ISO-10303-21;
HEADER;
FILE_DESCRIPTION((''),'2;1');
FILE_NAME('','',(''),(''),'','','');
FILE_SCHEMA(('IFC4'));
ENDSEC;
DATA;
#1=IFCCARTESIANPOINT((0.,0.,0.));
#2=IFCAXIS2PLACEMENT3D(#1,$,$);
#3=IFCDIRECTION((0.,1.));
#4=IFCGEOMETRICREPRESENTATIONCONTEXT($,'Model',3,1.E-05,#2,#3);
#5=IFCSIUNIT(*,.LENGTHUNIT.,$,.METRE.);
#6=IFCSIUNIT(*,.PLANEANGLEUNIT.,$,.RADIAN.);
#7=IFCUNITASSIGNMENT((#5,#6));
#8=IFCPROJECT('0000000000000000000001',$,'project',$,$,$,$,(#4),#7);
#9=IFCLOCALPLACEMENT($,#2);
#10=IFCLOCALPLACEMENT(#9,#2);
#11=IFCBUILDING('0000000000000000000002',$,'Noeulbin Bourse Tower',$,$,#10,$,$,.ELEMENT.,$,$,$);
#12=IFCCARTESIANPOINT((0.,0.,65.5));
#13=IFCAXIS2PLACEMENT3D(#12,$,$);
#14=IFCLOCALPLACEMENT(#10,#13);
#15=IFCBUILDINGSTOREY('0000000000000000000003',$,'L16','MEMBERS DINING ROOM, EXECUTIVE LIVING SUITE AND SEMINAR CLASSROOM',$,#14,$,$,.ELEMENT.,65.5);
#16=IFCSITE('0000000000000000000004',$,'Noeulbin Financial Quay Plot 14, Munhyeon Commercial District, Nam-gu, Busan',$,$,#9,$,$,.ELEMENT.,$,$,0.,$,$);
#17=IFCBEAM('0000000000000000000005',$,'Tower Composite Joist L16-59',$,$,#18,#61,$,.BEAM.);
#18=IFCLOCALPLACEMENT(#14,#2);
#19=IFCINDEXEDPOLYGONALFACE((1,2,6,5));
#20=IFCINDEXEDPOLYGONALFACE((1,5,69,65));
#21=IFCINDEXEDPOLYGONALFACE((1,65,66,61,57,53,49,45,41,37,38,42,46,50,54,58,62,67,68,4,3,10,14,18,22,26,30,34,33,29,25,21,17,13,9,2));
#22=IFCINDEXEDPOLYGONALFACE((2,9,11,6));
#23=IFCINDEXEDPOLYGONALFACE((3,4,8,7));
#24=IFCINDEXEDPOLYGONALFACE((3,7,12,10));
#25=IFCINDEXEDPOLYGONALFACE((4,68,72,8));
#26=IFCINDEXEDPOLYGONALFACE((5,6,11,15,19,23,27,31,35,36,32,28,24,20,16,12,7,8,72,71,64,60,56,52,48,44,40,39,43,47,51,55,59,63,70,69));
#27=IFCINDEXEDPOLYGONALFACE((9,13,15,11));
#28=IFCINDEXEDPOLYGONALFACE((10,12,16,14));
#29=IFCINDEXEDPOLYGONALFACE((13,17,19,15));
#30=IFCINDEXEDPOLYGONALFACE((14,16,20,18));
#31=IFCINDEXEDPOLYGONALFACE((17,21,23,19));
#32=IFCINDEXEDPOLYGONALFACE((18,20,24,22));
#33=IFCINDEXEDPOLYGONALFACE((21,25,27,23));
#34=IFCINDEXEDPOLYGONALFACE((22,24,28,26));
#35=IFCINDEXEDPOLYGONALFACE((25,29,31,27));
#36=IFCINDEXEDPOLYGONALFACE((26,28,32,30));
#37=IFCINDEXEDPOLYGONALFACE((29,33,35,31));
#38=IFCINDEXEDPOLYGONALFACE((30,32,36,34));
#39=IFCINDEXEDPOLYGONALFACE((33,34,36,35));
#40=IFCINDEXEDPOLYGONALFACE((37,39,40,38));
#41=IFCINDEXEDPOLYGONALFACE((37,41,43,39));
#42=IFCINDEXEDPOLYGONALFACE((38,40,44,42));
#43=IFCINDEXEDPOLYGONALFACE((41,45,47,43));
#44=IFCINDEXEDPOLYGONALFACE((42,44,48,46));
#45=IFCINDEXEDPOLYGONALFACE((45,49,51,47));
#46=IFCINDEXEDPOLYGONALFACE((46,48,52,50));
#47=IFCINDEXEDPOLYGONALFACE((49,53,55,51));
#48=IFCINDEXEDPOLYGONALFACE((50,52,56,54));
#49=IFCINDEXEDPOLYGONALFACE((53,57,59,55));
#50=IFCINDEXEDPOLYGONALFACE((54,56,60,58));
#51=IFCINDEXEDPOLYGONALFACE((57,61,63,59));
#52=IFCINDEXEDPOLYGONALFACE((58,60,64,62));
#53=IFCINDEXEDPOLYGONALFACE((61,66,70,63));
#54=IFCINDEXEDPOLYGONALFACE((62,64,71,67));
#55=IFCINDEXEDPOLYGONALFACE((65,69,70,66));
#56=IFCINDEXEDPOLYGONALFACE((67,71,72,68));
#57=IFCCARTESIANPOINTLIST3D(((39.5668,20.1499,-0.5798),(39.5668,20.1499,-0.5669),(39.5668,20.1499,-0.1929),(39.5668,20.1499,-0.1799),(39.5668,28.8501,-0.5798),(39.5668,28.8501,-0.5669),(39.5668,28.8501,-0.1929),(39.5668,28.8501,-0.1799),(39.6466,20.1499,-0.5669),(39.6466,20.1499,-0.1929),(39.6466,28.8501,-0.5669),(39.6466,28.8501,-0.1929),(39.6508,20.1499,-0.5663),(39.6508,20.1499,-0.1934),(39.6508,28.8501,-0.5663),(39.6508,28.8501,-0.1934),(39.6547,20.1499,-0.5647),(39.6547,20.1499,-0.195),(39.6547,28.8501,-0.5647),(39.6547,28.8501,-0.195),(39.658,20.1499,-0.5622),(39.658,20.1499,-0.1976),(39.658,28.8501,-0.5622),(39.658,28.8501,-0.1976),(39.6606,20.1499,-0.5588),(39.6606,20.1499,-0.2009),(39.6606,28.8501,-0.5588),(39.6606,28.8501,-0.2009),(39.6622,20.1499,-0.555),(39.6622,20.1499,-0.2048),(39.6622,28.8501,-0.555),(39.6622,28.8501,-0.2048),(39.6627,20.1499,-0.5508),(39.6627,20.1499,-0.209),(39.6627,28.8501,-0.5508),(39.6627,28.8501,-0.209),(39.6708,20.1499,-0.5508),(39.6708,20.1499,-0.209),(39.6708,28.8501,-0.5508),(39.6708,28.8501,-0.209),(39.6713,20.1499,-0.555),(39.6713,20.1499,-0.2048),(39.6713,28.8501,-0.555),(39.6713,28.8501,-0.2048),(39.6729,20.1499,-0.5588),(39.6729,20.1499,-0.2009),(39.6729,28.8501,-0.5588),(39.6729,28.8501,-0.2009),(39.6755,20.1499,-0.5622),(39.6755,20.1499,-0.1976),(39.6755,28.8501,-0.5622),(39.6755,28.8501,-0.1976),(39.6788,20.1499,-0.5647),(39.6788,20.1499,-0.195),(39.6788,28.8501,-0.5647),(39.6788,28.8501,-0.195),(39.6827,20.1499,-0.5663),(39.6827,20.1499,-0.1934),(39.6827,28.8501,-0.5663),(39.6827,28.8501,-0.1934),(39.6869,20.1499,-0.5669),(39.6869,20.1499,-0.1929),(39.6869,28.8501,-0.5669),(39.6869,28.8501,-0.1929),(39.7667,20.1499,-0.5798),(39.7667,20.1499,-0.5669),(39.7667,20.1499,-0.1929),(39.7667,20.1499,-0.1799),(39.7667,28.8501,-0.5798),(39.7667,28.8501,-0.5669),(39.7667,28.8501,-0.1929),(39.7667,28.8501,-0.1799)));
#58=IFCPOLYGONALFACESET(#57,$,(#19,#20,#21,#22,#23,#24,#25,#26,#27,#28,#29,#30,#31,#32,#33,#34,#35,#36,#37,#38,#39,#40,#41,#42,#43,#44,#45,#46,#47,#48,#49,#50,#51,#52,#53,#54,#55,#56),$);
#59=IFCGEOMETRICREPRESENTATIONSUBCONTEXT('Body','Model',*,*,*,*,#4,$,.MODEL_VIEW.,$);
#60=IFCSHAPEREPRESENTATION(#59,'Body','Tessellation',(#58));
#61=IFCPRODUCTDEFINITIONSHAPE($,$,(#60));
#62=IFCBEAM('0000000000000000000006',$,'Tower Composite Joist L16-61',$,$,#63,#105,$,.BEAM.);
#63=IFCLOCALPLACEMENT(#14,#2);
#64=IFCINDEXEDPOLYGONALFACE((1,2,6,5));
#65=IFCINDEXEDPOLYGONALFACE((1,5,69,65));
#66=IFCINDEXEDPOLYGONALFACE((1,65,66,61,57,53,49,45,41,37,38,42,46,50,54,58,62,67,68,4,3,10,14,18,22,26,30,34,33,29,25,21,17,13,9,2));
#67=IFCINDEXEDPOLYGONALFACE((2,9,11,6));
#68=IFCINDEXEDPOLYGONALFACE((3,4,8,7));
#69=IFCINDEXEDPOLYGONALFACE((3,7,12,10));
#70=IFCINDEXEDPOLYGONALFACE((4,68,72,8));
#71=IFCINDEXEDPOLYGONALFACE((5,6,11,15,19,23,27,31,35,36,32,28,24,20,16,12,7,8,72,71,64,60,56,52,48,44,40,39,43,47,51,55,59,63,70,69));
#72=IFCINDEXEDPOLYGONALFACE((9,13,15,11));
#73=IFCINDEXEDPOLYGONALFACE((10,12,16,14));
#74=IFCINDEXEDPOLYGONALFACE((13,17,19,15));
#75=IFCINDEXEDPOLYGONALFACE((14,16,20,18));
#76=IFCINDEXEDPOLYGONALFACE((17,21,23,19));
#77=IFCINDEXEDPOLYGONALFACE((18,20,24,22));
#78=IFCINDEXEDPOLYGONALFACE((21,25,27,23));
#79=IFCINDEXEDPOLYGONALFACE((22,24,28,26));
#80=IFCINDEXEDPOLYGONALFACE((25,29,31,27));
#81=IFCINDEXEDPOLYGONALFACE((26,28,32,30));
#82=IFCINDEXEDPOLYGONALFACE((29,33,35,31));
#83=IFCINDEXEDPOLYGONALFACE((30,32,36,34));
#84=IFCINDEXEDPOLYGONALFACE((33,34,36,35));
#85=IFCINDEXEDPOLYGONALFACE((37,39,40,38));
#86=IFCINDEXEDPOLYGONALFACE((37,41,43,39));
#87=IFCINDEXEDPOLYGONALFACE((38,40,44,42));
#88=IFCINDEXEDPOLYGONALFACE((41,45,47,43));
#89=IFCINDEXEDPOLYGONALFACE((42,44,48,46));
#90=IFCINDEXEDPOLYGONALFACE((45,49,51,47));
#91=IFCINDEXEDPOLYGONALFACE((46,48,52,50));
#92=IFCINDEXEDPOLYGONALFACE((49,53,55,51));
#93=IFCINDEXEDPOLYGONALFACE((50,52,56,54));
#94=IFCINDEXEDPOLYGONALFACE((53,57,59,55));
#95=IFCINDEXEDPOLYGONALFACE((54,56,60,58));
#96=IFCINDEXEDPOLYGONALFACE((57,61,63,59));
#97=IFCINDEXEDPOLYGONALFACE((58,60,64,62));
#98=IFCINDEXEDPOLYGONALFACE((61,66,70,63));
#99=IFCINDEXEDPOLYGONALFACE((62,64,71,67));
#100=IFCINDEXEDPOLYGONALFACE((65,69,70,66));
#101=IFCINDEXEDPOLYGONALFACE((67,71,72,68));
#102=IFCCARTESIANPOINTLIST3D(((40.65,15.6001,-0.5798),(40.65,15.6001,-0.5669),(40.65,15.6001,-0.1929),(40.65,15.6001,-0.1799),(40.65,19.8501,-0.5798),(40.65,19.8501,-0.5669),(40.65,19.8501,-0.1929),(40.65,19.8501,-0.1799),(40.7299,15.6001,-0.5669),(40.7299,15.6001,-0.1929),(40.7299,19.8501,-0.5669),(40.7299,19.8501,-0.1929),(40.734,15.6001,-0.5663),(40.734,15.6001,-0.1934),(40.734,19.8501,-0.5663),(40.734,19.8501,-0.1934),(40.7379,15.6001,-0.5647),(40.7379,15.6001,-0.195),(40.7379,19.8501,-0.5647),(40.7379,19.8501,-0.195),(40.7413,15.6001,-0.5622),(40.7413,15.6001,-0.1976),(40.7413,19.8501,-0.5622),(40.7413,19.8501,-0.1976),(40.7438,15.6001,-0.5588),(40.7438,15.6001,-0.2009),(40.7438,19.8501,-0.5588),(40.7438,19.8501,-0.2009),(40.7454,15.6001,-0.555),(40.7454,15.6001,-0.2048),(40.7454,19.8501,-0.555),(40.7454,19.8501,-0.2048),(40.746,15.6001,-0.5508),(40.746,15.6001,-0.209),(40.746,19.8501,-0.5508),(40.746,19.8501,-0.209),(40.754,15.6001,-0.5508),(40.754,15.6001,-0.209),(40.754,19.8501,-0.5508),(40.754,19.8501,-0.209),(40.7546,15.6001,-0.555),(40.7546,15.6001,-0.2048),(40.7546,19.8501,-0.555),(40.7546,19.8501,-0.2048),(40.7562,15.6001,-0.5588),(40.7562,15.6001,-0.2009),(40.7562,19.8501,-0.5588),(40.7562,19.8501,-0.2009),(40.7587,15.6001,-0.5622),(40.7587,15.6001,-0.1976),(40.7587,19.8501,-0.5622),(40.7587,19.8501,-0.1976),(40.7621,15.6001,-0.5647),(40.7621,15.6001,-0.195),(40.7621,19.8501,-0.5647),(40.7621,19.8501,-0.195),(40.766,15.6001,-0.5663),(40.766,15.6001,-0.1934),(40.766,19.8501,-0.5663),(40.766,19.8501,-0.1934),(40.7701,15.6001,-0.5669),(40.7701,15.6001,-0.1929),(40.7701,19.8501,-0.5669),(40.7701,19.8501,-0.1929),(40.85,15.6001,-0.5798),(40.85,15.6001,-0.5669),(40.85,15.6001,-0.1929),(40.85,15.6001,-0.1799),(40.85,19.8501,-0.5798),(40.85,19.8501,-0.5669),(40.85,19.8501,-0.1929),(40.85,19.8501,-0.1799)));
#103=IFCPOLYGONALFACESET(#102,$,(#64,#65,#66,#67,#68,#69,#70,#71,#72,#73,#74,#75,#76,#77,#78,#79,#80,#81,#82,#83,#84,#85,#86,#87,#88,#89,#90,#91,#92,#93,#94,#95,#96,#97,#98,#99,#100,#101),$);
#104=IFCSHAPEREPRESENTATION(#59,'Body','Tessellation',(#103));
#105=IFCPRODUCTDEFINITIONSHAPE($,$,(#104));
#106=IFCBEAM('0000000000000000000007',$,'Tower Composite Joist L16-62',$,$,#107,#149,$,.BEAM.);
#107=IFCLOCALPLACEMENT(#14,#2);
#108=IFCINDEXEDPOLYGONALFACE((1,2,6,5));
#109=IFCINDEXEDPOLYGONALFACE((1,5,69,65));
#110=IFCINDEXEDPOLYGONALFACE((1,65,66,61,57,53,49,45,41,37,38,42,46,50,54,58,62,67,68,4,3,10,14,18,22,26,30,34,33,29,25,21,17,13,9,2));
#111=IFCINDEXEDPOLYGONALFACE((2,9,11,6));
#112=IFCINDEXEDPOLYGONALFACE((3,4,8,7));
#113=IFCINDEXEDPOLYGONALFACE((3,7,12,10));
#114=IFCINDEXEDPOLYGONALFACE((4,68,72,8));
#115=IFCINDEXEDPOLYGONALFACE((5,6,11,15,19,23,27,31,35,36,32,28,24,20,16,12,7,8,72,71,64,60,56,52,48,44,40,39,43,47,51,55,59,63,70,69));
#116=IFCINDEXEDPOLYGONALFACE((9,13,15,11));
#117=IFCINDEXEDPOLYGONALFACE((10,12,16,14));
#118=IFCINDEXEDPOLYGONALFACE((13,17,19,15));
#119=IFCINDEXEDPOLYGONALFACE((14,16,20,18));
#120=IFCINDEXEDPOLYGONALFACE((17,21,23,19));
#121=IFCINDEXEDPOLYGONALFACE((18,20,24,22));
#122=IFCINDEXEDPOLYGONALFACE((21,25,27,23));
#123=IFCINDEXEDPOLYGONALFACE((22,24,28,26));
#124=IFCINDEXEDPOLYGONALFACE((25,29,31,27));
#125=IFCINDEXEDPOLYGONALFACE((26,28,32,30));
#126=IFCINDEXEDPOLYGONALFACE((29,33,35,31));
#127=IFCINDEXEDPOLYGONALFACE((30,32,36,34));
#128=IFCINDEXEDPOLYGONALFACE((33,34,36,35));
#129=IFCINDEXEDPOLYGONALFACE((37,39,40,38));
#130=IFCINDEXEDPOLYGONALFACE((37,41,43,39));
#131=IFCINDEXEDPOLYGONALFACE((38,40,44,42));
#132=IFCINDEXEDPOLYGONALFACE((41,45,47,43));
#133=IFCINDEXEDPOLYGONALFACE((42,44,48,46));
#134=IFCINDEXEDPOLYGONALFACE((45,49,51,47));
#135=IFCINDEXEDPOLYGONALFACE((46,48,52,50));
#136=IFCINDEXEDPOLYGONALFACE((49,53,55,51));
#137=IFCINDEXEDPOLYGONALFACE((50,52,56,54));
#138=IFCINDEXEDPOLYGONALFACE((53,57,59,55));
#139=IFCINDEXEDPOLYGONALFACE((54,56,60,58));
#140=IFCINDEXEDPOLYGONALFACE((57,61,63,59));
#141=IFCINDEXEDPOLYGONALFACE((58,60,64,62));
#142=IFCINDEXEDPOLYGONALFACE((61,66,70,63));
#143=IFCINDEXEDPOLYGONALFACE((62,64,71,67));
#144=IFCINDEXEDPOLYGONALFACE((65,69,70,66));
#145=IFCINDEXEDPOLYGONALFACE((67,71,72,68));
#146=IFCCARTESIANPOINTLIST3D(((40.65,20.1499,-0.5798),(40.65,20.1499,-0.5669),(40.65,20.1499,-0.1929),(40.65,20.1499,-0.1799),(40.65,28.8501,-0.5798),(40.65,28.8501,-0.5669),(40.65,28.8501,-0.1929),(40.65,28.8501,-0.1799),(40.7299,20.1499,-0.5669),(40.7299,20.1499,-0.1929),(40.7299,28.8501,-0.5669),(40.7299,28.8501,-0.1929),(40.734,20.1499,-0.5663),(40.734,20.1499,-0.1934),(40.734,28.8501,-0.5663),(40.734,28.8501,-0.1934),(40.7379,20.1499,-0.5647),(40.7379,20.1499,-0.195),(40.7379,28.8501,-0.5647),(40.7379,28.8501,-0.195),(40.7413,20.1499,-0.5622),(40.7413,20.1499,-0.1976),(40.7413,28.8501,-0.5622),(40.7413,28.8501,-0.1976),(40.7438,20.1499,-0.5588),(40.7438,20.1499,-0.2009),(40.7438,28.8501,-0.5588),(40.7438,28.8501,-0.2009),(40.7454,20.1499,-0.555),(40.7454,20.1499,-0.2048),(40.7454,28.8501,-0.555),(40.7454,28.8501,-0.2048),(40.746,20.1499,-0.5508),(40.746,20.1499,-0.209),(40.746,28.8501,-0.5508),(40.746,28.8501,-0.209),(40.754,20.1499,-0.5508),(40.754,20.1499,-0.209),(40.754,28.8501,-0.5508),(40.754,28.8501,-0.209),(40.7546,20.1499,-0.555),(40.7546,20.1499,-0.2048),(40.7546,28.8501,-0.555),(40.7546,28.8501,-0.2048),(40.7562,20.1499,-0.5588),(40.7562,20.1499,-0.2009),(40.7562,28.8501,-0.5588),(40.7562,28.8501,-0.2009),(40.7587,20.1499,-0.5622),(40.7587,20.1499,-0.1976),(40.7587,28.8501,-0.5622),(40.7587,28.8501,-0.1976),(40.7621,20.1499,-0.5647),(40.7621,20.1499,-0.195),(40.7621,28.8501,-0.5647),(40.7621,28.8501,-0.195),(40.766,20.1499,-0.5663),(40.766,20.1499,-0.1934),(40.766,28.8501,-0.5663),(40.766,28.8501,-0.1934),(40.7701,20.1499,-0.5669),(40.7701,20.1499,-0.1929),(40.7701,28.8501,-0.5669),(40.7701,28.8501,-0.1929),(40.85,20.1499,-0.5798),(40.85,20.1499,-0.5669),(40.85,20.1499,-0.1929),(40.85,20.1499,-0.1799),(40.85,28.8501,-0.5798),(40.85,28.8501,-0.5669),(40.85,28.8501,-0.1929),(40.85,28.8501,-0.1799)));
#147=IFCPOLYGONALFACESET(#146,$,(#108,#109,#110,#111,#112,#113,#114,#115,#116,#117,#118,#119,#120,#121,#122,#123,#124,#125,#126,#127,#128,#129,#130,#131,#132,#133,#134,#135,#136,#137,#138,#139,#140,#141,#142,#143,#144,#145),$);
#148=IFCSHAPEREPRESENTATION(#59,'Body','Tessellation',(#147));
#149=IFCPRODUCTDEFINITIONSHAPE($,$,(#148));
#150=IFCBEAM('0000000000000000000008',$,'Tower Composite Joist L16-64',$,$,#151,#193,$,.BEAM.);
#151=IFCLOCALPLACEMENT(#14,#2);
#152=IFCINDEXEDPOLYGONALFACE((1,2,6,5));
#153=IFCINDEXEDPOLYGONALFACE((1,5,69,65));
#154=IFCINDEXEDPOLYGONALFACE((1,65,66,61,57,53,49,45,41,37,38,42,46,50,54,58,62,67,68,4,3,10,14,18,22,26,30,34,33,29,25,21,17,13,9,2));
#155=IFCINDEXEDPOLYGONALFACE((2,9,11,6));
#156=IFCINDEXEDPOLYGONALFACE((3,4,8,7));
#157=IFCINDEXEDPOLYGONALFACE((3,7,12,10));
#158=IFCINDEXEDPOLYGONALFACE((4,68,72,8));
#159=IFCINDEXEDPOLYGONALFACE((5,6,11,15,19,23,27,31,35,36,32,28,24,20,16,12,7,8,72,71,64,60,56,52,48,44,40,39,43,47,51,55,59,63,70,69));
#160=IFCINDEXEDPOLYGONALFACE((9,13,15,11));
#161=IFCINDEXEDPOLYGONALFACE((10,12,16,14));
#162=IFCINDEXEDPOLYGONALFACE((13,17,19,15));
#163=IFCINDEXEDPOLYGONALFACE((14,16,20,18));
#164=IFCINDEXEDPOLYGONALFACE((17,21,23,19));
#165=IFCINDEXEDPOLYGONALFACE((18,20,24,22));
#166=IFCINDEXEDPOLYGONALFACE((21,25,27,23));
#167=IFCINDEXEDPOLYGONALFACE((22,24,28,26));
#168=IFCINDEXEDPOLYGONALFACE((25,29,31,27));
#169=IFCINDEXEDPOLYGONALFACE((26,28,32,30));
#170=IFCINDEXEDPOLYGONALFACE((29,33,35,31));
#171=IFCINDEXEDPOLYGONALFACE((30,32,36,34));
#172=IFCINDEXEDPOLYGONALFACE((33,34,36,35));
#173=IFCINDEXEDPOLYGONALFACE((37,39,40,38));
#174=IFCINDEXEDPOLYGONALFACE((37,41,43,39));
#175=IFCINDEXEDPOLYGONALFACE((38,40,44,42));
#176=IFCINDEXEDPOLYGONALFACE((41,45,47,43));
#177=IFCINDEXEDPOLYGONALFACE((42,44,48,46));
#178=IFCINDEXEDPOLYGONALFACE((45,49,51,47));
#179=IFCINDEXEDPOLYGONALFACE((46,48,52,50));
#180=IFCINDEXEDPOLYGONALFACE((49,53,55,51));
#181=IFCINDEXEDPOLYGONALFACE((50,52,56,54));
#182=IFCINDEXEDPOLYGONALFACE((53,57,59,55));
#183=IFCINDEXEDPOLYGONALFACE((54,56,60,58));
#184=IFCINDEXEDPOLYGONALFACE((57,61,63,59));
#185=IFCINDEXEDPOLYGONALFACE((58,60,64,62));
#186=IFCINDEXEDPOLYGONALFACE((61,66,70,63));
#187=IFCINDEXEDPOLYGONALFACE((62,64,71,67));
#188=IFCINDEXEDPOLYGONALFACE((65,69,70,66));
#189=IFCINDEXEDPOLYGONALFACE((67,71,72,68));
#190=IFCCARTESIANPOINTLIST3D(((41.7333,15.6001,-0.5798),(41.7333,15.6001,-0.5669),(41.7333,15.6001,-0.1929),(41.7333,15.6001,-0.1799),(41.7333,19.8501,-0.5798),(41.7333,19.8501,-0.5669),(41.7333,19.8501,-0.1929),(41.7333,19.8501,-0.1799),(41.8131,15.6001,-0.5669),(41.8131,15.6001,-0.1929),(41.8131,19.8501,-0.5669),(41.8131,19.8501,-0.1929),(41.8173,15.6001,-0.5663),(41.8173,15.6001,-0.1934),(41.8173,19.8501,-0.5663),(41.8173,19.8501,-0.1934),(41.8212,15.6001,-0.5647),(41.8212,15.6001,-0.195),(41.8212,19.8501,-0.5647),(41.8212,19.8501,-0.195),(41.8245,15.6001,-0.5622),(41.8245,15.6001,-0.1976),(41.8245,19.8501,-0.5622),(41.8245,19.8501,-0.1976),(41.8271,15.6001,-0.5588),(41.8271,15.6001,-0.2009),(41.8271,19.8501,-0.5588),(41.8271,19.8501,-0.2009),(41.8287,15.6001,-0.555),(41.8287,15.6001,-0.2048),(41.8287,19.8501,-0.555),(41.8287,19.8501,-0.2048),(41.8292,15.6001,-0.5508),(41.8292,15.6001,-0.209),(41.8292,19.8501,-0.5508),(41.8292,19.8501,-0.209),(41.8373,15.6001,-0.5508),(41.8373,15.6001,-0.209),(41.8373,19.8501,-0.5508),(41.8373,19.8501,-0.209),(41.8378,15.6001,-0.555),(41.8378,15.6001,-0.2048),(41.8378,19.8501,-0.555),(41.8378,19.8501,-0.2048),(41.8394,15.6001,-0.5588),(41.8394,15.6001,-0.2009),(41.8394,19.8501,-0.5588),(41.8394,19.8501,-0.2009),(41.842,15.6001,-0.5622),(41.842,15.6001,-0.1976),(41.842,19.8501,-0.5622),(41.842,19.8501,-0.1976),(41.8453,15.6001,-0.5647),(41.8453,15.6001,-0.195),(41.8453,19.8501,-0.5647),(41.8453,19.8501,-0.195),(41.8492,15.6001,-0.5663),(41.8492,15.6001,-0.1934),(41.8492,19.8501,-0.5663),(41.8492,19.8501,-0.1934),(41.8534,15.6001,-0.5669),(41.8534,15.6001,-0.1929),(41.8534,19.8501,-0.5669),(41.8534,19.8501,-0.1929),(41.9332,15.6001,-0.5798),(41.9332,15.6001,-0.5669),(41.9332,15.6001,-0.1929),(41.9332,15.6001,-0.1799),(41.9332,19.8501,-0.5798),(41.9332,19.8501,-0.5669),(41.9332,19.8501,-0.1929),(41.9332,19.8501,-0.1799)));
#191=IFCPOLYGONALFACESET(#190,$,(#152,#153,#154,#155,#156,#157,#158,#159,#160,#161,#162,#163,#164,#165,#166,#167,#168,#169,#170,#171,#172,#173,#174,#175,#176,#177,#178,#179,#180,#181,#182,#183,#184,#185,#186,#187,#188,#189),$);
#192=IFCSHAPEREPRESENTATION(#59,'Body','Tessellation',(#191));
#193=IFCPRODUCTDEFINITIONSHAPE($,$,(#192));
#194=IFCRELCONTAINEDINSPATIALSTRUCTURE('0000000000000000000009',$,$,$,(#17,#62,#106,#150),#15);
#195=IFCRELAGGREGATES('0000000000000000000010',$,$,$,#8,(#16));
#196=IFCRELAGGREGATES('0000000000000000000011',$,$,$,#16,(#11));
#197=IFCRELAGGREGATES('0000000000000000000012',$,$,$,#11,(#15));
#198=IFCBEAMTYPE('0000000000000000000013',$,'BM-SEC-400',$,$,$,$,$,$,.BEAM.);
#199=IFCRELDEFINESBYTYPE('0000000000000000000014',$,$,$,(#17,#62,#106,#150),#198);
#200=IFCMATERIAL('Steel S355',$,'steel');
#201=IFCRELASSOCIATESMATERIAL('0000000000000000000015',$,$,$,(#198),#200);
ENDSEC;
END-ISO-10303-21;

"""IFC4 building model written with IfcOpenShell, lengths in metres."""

from ifc_helpers import new_model, si_unit, direction, frame, origin, origin_2d, place, context, subcontext, project, spatial, i_section, extrude, material, material_profile, profile_set, type_object, element, save


model = new_model("IFC4")

# Units and contexts
model_context = context("Model", 3, precision=1e-05, world=origin(), true_north=direction((0.0, 1.0)))
body_context = subcontext(model_context, "Body", "Model", "MODEL_VIEW")
ifc_project = project(units=[si_unit("LENGTHUNIT", "METRE"), si_unit("PLANEANGLEUNIT", "RADIAN")], contexts=[model_context])

# Site, building, storey
site_placement = place(None, origin())
site = spatial("IfcSite", under=ifc_project, at=site_placement, Name="Noeulbin Financial Quay Plot 14, Munhyeon Commercial District, Nam-gu, Busan", CompositionType="ELEMENT", RefElevation=0.0)
building_placement = place(site_placement, origin())
building = spatial("IfcBuilding", under=site, at=building_placement, Name="Noeulbin Bourse Tower", CompositionType="ELEMENT")
storey_placement = place(building_placement, frame((0.0, 0.0, 65.5)))
storey = spatial("IfcBuildingStorey", under=building, at=storey_placement, Name="L16", Description="MEMBERS DINING ROOM, EXECUTIVE LIVING SUITE AND SEMINAR CLASSROOM", CompositionType="ELEMENT", Elevation=65.5)

# Beams
ifc_material_1 = material(Name="Steel S355", Category="steel")
ifc_material_profile_1 = material_profile(ifc_material_1, i_section(OverallWidth=0.2, OverallDepth=0.3999, WebThickness=0.0081, FlangeThickness=0.0129, FilletRadius=0.0161, at=origin_2d()), Name="H-400x200x8x13", Category="LoadBearing")
ifc_profile_set_1 = profile_set([ifc_material_profile_1], Name="Steel S355")
beam_type_1 = type_object("IfcBeamType", Name="BM-SEC-400", PredefinedType="BEAM", material=ifc_profile_set_1)
beam_1_placement = place(storey_placement, frame((39.6667, 20.1499, -0.3799), z_axis=(0.0, 1.0, 0.0), x_axis=(-1.0, 0.0, 0.0)))
element("IfcBeam", 1, at=beam_1_placement, inside=storey, type_object=beam_type_1, Name="Tower Composite Joist L16-59", PredefinedType="BEAM", context=body_context, shape_type="SweptSolid", body=[
    extrude(i_section(OverallWidth=0.2, OverallDepth=0.3999, WebThickness=0.0081, FlangeThickness=0.0129, FilletRadius=0.0161, at=origin_2d()), origin(), (0.0, 0.0, 1.0), 8.7002),
])
beam_2_placement = place(storey_placement, frame((40.75, 15.6001, -0.3799), z_axis=(0.0, 1.0, 0.0), x_axis=(-1.0, 0.0, 0.0)))
element("IfcBeam", 2, at=beam_2_placement, inside=storey, type_object=beam_type_1, Name="Tower Composite Joist L16-61", PredefinedType="BEAM", context=body_context, shape_type="SweptSolid", body=[
    extrude(i_section(OverallWidth=0.2, OverallDepth=0.3999, WebThickness=0.0081, FlangeThickness=0.0129, FilletRadius=0.0161, at=origin_2d()), origin(), (0.0, 0.0, 1.0), 4.25),
])
beam_3_placement = place(storey_placement, frame((40.75, 20.1499, -0.3799), z_axis=(0.0, 1.0, 0.0), x_axis=(-1.0, 0.0, 0.0)))
element("IfcBeam", 3, at=beam_3_placement, inside=storey, type_object=beam_type_1, Name="Tower Composite Joist L16-62", PredefinedType="BEAM", context=body_context, shape_type="SweptSolid", body=[
    extrude(i_section(OverallWidth=0.2, OverallDepth=0.3999, WebThickness=0.0081, FlangeThickness=0.0129, FilletRadius=0.0161, at=origin_2d()), origin(), (0.0, 0.0, 1.0), 8.7002),
])
beam_4_placement = place(storey_placement, frame((41.8333, 15.6001, -0.3799), z_axis=(0.0, 1.0, 0.0), x_axis=(-1.0, 0.0, 0.0)))
element("IfcBeam", 4, at=beam_4_placement, inside=storey, type_object=beam_type_1, Name="Tower Composite Joist L16-64", PredefinedType="BEAM", context=body_context, shape_type="SweptSolid", body=[
    extrude(i_section(OverallWidth=0.2, OverallDepth=0.3999, WebThickness=0.0081, FlangeThickness=0.0129, FilletRadius=0.0161, at=origin_2d()), origin(), (0.0, 0.0, 1.0), 4.25),
])

save(model, "model.ifc")
